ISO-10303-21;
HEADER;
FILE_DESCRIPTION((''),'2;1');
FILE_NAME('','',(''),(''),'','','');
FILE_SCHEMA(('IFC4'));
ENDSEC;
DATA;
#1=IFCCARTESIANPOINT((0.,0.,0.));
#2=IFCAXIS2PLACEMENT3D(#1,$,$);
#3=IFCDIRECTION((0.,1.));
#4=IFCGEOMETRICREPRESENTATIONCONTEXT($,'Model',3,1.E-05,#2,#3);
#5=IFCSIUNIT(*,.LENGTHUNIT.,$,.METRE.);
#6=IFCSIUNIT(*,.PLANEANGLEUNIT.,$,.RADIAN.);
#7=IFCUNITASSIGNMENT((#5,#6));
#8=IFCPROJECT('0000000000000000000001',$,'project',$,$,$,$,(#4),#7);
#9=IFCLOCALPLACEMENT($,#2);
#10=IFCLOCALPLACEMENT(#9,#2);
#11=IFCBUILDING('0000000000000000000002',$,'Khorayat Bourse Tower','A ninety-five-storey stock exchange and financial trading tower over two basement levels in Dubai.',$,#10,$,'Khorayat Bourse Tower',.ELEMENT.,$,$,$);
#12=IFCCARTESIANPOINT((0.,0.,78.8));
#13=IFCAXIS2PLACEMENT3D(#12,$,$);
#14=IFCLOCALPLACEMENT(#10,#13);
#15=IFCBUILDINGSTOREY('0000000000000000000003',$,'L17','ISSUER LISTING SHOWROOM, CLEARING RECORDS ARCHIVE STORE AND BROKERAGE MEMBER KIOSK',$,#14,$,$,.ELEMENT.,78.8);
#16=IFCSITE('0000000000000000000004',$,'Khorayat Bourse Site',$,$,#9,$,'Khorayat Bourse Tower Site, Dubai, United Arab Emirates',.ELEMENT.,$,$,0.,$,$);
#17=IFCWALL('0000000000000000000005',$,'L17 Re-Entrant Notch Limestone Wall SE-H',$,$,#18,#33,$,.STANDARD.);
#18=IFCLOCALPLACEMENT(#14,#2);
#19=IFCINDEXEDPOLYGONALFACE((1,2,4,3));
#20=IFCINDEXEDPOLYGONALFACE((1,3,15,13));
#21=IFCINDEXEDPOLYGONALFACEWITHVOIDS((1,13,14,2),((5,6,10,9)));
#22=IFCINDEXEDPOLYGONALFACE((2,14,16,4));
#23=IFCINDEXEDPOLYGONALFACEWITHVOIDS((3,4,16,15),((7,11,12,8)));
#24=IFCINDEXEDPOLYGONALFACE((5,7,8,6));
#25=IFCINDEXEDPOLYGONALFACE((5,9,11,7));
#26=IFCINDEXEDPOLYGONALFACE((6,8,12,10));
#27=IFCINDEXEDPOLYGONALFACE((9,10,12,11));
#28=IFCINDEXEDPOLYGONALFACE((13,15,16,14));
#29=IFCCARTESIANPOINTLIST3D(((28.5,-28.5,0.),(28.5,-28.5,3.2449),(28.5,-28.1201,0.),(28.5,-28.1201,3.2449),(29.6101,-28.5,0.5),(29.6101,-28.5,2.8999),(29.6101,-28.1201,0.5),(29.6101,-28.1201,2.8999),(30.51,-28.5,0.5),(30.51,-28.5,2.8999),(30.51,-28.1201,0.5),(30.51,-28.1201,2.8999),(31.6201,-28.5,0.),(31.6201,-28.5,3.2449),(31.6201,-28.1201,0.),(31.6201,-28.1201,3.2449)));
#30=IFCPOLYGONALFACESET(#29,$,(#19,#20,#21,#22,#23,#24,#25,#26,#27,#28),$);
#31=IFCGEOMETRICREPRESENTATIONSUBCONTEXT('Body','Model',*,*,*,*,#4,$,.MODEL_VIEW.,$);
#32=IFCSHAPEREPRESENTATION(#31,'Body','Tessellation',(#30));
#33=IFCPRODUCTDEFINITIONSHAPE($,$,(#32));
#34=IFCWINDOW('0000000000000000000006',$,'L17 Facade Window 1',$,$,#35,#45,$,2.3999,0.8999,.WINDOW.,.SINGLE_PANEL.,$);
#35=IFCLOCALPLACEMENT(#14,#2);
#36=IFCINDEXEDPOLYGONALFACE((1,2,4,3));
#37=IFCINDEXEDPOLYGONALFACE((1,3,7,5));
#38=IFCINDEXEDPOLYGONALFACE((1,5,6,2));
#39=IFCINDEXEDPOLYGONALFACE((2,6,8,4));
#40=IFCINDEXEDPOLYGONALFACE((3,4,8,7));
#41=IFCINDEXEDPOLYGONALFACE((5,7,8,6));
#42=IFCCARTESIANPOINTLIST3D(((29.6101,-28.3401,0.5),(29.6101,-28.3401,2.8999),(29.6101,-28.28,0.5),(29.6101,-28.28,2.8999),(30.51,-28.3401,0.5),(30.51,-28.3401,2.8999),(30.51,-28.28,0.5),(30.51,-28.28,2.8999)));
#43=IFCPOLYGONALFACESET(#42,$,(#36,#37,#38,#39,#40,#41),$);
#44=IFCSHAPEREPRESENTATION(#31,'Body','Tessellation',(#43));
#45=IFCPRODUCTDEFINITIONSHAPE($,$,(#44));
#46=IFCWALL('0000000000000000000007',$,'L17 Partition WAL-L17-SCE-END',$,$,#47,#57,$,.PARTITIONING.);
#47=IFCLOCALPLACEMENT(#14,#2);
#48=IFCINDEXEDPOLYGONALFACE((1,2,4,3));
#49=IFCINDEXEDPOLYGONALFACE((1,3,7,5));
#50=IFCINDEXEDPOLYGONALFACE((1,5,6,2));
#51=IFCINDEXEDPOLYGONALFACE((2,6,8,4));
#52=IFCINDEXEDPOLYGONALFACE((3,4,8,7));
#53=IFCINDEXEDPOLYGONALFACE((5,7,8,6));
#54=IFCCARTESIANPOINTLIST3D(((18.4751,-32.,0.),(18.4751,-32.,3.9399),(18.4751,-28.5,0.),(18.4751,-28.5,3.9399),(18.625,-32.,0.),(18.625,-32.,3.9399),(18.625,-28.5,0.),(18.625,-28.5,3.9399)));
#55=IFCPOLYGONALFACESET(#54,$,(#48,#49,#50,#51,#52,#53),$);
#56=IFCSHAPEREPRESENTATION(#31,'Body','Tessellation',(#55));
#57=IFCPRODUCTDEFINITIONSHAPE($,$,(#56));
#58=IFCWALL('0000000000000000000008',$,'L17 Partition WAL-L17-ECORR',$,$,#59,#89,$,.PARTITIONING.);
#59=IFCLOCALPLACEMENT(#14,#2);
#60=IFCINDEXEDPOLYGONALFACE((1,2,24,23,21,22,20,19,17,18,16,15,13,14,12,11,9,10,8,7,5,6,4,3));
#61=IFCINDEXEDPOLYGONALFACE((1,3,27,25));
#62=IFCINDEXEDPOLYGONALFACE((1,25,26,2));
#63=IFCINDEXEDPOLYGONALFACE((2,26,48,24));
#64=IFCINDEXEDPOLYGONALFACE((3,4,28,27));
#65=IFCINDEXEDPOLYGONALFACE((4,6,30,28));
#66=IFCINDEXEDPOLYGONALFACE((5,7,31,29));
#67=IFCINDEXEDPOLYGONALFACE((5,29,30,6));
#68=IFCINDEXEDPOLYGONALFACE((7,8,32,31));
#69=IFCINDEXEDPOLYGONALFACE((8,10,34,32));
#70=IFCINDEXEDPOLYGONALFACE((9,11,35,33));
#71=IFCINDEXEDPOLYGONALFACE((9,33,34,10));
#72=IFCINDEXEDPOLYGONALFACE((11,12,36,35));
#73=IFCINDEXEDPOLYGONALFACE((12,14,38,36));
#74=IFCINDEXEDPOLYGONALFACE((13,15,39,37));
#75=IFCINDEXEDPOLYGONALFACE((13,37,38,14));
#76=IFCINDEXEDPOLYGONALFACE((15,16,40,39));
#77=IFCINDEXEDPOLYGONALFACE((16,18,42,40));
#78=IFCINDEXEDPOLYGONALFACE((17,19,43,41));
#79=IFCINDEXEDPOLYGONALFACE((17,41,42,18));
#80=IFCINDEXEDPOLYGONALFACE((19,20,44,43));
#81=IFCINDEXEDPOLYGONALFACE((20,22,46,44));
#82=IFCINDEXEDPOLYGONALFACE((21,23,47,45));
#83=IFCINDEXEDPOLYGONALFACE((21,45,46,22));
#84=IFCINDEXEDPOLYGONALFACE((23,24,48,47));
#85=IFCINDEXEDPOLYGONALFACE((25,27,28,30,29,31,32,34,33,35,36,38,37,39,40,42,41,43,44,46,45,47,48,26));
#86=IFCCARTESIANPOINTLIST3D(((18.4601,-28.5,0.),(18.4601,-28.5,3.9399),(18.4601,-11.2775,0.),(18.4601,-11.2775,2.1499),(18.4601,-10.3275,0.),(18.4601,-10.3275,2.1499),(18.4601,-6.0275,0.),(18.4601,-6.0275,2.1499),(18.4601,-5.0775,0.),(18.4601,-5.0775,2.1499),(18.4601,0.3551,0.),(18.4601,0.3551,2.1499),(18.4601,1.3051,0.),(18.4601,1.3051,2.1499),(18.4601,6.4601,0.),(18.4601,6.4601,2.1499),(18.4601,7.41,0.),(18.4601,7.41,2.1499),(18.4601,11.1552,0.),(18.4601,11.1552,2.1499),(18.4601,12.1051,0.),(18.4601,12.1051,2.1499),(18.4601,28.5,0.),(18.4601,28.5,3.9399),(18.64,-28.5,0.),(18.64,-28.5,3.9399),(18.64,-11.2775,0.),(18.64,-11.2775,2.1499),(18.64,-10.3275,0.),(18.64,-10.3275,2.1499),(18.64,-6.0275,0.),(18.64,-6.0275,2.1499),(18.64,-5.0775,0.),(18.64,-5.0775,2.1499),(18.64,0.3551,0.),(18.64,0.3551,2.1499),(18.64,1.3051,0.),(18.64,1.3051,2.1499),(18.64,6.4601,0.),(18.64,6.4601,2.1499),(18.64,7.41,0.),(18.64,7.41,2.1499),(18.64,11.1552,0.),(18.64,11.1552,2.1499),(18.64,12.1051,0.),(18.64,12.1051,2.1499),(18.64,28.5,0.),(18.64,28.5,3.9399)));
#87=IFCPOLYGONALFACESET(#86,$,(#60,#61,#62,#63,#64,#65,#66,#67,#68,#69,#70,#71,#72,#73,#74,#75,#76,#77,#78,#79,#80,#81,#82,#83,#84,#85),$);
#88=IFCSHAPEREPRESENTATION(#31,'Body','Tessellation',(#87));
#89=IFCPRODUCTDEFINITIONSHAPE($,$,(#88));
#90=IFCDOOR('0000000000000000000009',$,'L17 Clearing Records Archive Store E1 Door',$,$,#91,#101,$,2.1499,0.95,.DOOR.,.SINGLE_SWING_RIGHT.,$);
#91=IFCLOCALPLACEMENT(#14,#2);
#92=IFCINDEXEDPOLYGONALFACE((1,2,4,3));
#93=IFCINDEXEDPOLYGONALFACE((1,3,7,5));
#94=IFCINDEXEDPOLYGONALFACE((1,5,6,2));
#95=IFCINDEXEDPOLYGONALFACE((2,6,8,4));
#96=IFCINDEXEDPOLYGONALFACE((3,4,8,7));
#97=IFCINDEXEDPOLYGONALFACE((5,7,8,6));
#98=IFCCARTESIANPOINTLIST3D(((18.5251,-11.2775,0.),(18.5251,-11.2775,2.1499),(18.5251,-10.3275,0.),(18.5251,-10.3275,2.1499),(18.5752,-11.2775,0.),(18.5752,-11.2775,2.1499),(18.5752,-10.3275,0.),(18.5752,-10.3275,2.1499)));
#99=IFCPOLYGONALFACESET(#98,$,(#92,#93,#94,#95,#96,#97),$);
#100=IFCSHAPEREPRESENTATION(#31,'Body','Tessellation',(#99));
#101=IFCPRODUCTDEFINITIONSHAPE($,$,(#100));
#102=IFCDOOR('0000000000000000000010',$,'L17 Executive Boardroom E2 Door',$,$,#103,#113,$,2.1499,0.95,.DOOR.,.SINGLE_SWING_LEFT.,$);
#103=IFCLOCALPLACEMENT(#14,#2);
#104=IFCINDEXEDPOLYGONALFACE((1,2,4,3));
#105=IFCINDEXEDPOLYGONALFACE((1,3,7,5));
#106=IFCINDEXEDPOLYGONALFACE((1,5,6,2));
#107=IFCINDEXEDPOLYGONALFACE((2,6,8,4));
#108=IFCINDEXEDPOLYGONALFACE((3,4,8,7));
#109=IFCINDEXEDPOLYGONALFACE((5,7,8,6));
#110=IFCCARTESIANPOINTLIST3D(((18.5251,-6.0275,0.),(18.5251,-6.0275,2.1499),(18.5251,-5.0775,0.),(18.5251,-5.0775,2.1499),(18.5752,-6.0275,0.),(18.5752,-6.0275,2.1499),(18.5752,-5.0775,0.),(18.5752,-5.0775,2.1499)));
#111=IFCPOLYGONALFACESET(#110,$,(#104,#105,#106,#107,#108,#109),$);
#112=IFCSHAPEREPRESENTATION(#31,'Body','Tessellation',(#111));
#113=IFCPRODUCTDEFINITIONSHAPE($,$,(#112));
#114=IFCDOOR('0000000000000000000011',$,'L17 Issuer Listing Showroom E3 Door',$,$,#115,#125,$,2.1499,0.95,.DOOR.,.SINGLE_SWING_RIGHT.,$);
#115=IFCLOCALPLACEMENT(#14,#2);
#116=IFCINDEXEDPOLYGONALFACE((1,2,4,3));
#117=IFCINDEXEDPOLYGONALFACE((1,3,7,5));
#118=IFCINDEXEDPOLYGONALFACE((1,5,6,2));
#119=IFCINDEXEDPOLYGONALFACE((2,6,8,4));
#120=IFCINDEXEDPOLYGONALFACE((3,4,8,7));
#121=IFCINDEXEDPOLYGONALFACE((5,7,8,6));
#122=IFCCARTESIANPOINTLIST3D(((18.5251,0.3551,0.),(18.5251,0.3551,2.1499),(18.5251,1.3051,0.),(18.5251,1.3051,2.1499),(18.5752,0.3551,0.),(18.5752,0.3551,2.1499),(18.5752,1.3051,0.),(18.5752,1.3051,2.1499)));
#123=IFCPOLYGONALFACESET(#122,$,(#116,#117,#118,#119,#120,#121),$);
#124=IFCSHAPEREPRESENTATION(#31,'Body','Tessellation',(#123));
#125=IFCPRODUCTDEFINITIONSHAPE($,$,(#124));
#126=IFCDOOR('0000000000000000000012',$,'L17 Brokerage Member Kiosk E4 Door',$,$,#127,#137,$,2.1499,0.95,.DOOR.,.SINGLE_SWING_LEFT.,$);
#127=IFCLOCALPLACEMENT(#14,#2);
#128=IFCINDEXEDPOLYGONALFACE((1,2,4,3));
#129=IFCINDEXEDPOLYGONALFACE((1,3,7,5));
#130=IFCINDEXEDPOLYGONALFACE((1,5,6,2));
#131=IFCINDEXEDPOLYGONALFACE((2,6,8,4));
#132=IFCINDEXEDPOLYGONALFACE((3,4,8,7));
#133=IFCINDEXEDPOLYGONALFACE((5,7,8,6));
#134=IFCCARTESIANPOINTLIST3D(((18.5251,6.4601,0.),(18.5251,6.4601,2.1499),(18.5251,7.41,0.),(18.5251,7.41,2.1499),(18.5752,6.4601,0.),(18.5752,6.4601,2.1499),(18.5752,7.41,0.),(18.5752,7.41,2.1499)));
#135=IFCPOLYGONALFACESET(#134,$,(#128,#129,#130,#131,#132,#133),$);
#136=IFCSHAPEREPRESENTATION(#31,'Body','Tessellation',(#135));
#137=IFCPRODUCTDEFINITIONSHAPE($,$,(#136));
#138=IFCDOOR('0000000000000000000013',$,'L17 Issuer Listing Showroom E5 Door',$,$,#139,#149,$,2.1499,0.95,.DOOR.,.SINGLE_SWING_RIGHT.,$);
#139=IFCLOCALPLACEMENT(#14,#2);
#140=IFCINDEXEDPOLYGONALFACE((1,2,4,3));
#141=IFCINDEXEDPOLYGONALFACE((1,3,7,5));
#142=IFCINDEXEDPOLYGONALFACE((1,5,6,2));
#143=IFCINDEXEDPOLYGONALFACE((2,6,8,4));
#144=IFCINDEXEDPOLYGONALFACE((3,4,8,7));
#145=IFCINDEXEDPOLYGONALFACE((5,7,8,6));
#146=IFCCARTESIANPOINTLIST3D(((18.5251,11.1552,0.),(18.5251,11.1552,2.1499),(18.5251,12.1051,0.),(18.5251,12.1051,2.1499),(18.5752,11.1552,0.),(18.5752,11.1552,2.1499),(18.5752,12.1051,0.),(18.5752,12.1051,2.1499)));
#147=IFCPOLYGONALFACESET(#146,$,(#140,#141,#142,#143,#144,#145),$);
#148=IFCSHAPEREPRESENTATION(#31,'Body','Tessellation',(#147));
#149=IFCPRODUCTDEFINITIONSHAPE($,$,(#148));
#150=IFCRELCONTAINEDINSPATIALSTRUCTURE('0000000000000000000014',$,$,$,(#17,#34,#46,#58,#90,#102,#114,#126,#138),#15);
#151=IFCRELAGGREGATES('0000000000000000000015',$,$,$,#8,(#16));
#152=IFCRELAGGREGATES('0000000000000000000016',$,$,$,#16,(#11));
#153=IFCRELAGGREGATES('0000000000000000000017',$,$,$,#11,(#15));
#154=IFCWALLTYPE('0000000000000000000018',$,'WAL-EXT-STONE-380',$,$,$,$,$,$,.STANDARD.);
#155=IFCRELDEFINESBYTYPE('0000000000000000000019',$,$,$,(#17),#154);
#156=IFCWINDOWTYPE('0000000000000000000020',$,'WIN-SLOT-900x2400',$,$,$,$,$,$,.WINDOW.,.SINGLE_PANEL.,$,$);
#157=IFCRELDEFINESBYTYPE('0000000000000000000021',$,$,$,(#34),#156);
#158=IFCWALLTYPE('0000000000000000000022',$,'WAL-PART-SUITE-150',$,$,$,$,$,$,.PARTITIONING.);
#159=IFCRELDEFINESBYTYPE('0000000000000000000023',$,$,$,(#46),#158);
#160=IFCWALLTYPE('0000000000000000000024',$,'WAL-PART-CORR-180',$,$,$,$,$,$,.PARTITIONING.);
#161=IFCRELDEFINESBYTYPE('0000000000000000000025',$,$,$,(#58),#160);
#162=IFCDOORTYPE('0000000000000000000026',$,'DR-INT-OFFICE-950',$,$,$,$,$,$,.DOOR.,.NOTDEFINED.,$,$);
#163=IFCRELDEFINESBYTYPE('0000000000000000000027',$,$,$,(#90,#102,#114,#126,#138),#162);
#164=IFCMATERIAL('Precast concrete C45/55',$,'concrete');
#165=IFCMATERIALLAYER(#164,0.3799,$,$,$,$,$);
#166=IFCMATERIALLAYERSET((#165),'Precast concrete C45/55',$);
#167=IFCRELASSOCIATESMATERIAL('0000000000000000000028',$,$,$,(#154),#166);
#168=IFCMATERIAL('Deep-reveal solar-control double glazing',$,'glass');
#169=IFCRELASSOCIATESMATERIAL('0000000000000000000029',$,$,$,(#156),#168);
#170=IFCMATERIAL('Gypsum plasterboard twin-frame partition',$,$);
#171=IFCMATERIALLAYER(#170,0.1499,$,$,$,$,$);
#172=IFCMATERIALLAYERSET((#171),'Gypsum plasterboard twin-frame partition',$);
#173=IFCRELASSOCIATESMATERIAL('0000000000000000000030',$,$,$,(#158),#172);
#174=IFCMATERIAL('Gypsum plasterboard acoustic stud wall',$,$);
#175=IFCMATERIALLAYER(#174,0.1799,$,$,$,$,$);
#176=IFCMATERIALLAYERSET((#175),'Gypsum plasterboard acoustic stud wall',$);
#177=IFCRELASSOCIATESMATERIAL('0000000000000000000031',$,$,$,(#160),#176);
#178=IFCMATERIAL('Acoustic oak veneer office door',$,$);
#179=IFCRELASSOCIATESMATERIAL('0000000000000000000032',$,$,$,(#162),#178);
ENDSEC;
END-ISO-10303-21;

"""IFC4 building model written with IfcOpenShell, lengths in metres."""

from ifc_helpers import new_model, si_unit, direction, frame, frame_2d, origin, place, context, subcontext, project, spatial, rectangle, extrude, source, transform, mapped, material, layer, layer_set, type_object, element, fill, save


model = new_model("IFC4")

# Units and contexts
model_context = context("Model", 3, precision=1e-05, world=origin(), true_north=direction((0.0, 1.0)))
body_context = subcontext(model_context, "Body", "Model", "MODEL_VIEW")
ifc_project = project(units=[si_unit("LENGTHUNIT", "METRE"), si_unit("PLANEANGLEUNIT", "RADIAN")], contexts=[model_context])

# Site, building, storey
site_placement = place(None, origin())
site = spatial("IfcSite", under=ifc_project, at=site_placement, Name="Khorayat Bourse Site", LongName="Khorayat Bourse Tower Site, Dubai, United Arab Emirates", CompositionType="ELEMENT", RefElevation=0.0)
building_placement = place(site_placement, origin())
building = spatial("IfcBuilding", under=site, at=building_placement, Name="Khorayat Bourse Tower", Description="A ninety-five-storey stock exchange and financial trading tower over two basement levels in Dubai.", LongName="Khorayat Bourse Tower", CompositionType="ELEMENT")
storey_placement = place(building_placement, frame((0.0, 0.0, 78.8)))
storey = spatial("IfcBuildingStorey", under=building, at=storey_placement, Name="L17", Description="ISSUER LISTING SHOWROOM, CLEARING RECORDS ARCHIVE STORE AND BROKERAGE MEMBER KIOSK", CompositionType="ELEMENT", Elevation=78.8)

# Wall, opening, window
ifc_material_1 = material(Name="Precast concrete C45/55", Category="concrete")
ifc_layer_1 = layer(ifc_material_1, 0.3799)
ifc_layer_set_1 = layer_set([ifc_layer_1], Name="Precast concrete C45/55")
wall_type_1 = type_object("IfcWallType", Name="WAL-EXT-STONE-380", PredefinedType="STANDARD", material=ifc_layer_set_1)
shared_shape_1 = source(origin(), body_context, "Body", "SweptSolid", [
    extrude(rectangle(XDim=3.1201, YDim=0.3799, at=frame_2d((1.5601, 0.0))), origin(), (0.0, 0.0, 1.0), 3.2449),
])
shared_shape_2 = source(origin(), body_context, "Body", "SweptSolid", [
    extrude(rectangle(XDim=0.8999, YDim=2.3999, at=frame_2d((0.45, 1.2))), frame((0.0, 0.2, 0.0), z_axis=(0.0, -1.0, 0.0), x_axis=(1.0, 0.0, 0.0)), (0.0, 0.0, 1.0), 0.3999),
])
ifc_material_2 = material(Name="Deep-reveal solar-control double glazing", Category="glass")
window_type = type_object("IfcWindowType", Name="WIN-SLOT-900x2400", PartitioningType="SINGLE_PANEL", PredefinedType="WINDOW", material=ifc_material_2)
shared_shape_3 = source(origin(), body_context, "Body", "SweptSolid", [
    extrude(rectangle(XDim=0.8999, YDim=2.3999, at=frame_2d((0.45, 1.2))), frame((0.0, 0.03, 0.0), z_axis=(0.0, -1.0, 0.0), x_axis=(1.0, 0.0, 0.0)), (0.0, 0.0, 1.0), 0.0601),
])
wall_1_placement = place(storey_placement, frame((28.5, -28.3101, 0.0), z_axis=(0.0, 0.0, 1.0), x_axis=(1.0, 0.0, 0.0)))
wall_1 = element("IfcWall", 1, at=wall_1_placement, inside=storey, type_object=wall_type_1, Name="L17 Re-Entrant Notch Limestone Wall SE-H", PredefinedType="STANDARD", context=body_context, shape_type="MappedRepresentation", body=[
    mapped(shared_shape_1, transform((0.0, 0.0, 0.0), scale=1.0)),
])
opening_1_placement = place(wall_1_placement, frame((1.1101, 0.0, 0.5)))
opening_1 = element("IfcOpeningElement", 2, at=opening_1_placement, cuts=wall_1, PredefinedType="OPENING", context=body_context, shape_type="MappedRepresentation", body=[
    mapped(shared_shape_2, transform((0.0, 0.0, 0.0), scale=1.0)),
])
window_1_placement = place(opening_1_placement, origin())
window_1 = element("IfcWindow", 3, at=window_1_placement, inside=storey, type_object=window_type, Name="L17 Facade Window 1", OverallHeight=2.3999, OverallWidth=0.8999, PartitioningType="SINGLE_PANEL", PredefinedType="WINDOW", context=body_context, shape_type="MappedRepresentation", body=[
    mapped(shared_shape_3, transform((0.0, 0.0, 0.0), scale=1.0)),
])
fill(opening_1, window_1)

# Wall
ifc_material_3 = material(Name="Gypsum plasterboard twin-frame partition")
ifc_layer_2 = layer(ifc_material_3, 0.1499)
ifc_layer_set_2 = layer_set([ifc_layer_2], Name="Gypsum plasterboard twin-frame partition")
wall_type_2 = type_object("IfcWallType", Name="WAL-PART-SUITE-150", PredefinedType="PARTITIONING", material=ifc_layer_set_2)
shared_shape_4 = source(origin(), body_context, "Body", "SweptSolid", [
    extrude(rectangle(XDim=3.5, YDim=0.1499, at=frame_2d((1.75, 0.0))), origin(), (0.0, 0.0, 1.0), 3.9399),
])
wall_2_placement = place(storey_placement, frame((18.55, -32.0, 0.0), z_axis=(0.0, 0.0, 1.0), x_axis=(0.0, 1.0, 0.0)))
element("IfcWall", 4, at=wall_2_placement, inside=storey, type_object=wall_type_2, Name="L17 Partition WAL-L17-SCE-END", PredefinedType="PARTITIONING", context=body_context, shape_type="MappedRepresentation", body=[
    mapped(shared_shape_4, transform((0.0, 0.0, 0.0), scale=1.0)),
])

# Wall, openings, doors
ifc_material_4 = material(Name="Gypsum plasterboard acoustic stud wall")
ifc_layer_3 = layer(ifc_material_4, 0.1799)
ifc_layer_set_3 = layer_set([ifc_layer_3], Name="Gypsum plasterboard acoustic stud wall")
wall_type_3 = type_object("IfcWallType", Name="WAL-PART-CORR-180", PredefinedType="PARTITIONING", material=ifc_layer_set_3)
shared_shape_5 = source(origin(), body_context, "Body", "SweptSolid", [
    extrude(rectangle(XDim=57.0, YDim=0.1799, at=frame_2d((28.5, 0.0))), origin(), (0.0, 0.0, 1.0), 3.9399),
])
wall_3_placement = place(storey_placement, frame((18.55, -28.5, 0.0), z_axis=(0.0, 0.0, 1.0), x_axis=(0.0, 1.0, 0.0)))
wall_3 = element("IfcWall", 5, at=wall_3_placement, inside=storey, type_object=wall_type_3, Name="L17 Partition WAL-L17-ECORR", PredefinedType="PARTITIONING", context=body_context, shape_type="MappedRepresentation", body=[
    mapped(shared_shape_5, transform((0.0, 0.0, 0.0), scale=1.0)),
])
shared_shape_6 = source(origin(), body_context, "Body", "SweptSolid", [
    extrude(rectangle(XDim=0.95, YDim=2.1499, at=frame_2d((0.4751, 1.075))), frame((0.0, 0.0999, 0.0), z_axis=(0.0, -1.0, 0.0), x_axis=(1.0, 0.0, 0.0)), (0.0, 0.0, 1.0), 0.2),
])
opening_2_placement = place(wall_3_placement, frame((17.2224, 0.0, 0.0)))
opening_2 = element("IfcOpeningElement", 6, at=opening_2_placement, cuts=wall_3, PredefinedType="OPENING", context=body_context, shape_type="MappedRepresentation", body=[
    mapped(shared_shape_6, transform((0.0, 0.0, 0.0), scale=1.0)),
])
opening_3_placement = place(wall_3_placement, frame((22.4724, 0.0, 0.0)))
opening_3 = element("IfcOpeningElement", 7, at=opening_3_placement, cuts=wall_3, PredefinedType="OPENING", context=body_context, shape_type="MappedRepresentation", body=[
    mapped(shared_shape_6, transform((0.0, 0.0, 0.0), scale=1.0)),
])
opening_4_placement = place(wall_3_placement, frame((28.855, 0.0, 0.0)))
opening_4 = element("IfcOpeningElement", 8, at=opening_4_placement, cuts=wall_3, PredefinedType="OPENING", context=body_context, shape_type="MappedRepresentation", body=[
    mapped(shared_shape_6, transform((0.0, 0.0, 0.0), scale=1.0)),
])
opening_5_placement = place(wall_3_placement, frame((34.96, 0.0, 0.0)))
opening_5 = element("IfcOpeningElement", 9, at=opening_5_placement, cuts=wall_3, PredefinedType="OPENING", context=body_context, shape_type="MappedRepresentation", body=[
    mapped(shared_shape_6, transform((0.0, 0.0, 0.0), scale=1.0)),
])
opening_6_placement = place(wall_3_placement, frame((39.655, 0.0, 0.0)))
opening_6 = element("IfcOpeningElement", 10, at=opening_6_placement, cuts=wall_3, PredefinedType="OPENING", context=body_context, shape_type="MappedRepresentation", body=[
    mapped(shared_shape_6, transform((0.0, 0.0, 0.0), scale=1.0)),
])
ifc_material_5 = material(Name="Acoustic oak veneer office door")
door_type = type_object("IfcDoorType", Name="DR-INT-OFFICE-950", OperationType="NOTDEFINED", PredefinedType="DOOR", material=ifc_material_5)
shared_shape_7 = source(origin(), body_context, "Body", "SweptSolid", [
    extrude(rectangle(XDim=0.95, YDim=2.1499, at=frame_2d((0.4751, 1.075))), frame((0.0, 0.0249, 0.0), z_axis=(0.0, -1.0, 0.0), x_axis=(1.0, 0.0, 0.0)), (0.0, 0.0, 1.0), 0.05),
])
door_1_placement = place(opening_2_placement, origin())
door_1 = element("IfcDoor", 11, at=door_1_placement, inside=storey, type_object=door_type, Name="L17 Clearing Records Archive Store E1 Door", OperationType="SINGLE_SWING_RIGHT", OverallHeight=2.1499, OverallWidth=0.95, PredefinedType="DOOR", context=body_context, shape_type="MappedRepresentation", body=[
    mapped(shared_shape_7, transform((0.0, 0.0, 0.0), scale=1.0)),
])
fill(opening_2, door_1)
door_2_placement = place(opening_3_placement, origin())
door_2 = element("IfcDoor", 12, at=door_2_placement, inside=storey, type_object=door_type, Name="L17 Executive Boardroom E2 Door", OperationType="SINGLE_SWING_LEFT", OverallHeight=2.1499, OverallWidth=0.95, PredefinedType="DOOR", context=body_context, shape_type="MappedRepresentation", body=[
    mapped(shared_shape_7, transform((0.0, 0.0, 0.0), scale=1.0)),
])
fill(opening_3, door_2)
door_3_placement = place(opening_4_placement, origin())
door_3 = element("IfcDoor", 13, at=door_3_placement, inside=storey, type_object=door_type, Name="L17 Issuer Listing Showroom E3 Door", OperationType="SINGLE_SWING_RIGHT", OverallHeight=2.1499, OverallWidth=0.95, PredefinedType="DOOR", context=body_context, shape_type="MappedRepresentation", body=[
    mapped(shared_shape_7, transform((0.0, 0.0, 0.0), scale=1.0)),
])
fill(opening_4, door_3)
door_4_placement = place(opening_5_placement, origin())
door_4 = element("IfcDoor", 14, at=door_4_placement, inside=storey, type_object=door_type, Name="L17 Brokerage Member Kiosk E4 Door", OperationType="SINGLE_SWING_LEFT", OverallHeight=2.1499, OverallWidth=0.95, PredefinedType="DOOR", context=body_context, shape_type="MappedRepresentation", body=[
    mapped(shared_shape_7, transform((0.0, 0.0, 0.0), scale=1.0)),
])
fill(opening_5, door_4)
door_5_placement = place(opening_6_placement, origin())
door_5 = element("IfcDoor", 15, at=door_5_placement, inside=storey, type_object=door_type, Name="L17 Issuer Listing Showroom E5 Door", OperationType="SINGLE_SWING_RIGHT", OverallHeight=2.1499, OverallWidth=0.95, PredefinedType="DOOR", context=body_context, shape_type="MappedRepresentation", body=[
    mapped(shared_shape_7, transform((0.0, 0.0, 0.0), scale=1.0)),
])
fill(opening_6, door_5)

save(model, "model.ifc")
